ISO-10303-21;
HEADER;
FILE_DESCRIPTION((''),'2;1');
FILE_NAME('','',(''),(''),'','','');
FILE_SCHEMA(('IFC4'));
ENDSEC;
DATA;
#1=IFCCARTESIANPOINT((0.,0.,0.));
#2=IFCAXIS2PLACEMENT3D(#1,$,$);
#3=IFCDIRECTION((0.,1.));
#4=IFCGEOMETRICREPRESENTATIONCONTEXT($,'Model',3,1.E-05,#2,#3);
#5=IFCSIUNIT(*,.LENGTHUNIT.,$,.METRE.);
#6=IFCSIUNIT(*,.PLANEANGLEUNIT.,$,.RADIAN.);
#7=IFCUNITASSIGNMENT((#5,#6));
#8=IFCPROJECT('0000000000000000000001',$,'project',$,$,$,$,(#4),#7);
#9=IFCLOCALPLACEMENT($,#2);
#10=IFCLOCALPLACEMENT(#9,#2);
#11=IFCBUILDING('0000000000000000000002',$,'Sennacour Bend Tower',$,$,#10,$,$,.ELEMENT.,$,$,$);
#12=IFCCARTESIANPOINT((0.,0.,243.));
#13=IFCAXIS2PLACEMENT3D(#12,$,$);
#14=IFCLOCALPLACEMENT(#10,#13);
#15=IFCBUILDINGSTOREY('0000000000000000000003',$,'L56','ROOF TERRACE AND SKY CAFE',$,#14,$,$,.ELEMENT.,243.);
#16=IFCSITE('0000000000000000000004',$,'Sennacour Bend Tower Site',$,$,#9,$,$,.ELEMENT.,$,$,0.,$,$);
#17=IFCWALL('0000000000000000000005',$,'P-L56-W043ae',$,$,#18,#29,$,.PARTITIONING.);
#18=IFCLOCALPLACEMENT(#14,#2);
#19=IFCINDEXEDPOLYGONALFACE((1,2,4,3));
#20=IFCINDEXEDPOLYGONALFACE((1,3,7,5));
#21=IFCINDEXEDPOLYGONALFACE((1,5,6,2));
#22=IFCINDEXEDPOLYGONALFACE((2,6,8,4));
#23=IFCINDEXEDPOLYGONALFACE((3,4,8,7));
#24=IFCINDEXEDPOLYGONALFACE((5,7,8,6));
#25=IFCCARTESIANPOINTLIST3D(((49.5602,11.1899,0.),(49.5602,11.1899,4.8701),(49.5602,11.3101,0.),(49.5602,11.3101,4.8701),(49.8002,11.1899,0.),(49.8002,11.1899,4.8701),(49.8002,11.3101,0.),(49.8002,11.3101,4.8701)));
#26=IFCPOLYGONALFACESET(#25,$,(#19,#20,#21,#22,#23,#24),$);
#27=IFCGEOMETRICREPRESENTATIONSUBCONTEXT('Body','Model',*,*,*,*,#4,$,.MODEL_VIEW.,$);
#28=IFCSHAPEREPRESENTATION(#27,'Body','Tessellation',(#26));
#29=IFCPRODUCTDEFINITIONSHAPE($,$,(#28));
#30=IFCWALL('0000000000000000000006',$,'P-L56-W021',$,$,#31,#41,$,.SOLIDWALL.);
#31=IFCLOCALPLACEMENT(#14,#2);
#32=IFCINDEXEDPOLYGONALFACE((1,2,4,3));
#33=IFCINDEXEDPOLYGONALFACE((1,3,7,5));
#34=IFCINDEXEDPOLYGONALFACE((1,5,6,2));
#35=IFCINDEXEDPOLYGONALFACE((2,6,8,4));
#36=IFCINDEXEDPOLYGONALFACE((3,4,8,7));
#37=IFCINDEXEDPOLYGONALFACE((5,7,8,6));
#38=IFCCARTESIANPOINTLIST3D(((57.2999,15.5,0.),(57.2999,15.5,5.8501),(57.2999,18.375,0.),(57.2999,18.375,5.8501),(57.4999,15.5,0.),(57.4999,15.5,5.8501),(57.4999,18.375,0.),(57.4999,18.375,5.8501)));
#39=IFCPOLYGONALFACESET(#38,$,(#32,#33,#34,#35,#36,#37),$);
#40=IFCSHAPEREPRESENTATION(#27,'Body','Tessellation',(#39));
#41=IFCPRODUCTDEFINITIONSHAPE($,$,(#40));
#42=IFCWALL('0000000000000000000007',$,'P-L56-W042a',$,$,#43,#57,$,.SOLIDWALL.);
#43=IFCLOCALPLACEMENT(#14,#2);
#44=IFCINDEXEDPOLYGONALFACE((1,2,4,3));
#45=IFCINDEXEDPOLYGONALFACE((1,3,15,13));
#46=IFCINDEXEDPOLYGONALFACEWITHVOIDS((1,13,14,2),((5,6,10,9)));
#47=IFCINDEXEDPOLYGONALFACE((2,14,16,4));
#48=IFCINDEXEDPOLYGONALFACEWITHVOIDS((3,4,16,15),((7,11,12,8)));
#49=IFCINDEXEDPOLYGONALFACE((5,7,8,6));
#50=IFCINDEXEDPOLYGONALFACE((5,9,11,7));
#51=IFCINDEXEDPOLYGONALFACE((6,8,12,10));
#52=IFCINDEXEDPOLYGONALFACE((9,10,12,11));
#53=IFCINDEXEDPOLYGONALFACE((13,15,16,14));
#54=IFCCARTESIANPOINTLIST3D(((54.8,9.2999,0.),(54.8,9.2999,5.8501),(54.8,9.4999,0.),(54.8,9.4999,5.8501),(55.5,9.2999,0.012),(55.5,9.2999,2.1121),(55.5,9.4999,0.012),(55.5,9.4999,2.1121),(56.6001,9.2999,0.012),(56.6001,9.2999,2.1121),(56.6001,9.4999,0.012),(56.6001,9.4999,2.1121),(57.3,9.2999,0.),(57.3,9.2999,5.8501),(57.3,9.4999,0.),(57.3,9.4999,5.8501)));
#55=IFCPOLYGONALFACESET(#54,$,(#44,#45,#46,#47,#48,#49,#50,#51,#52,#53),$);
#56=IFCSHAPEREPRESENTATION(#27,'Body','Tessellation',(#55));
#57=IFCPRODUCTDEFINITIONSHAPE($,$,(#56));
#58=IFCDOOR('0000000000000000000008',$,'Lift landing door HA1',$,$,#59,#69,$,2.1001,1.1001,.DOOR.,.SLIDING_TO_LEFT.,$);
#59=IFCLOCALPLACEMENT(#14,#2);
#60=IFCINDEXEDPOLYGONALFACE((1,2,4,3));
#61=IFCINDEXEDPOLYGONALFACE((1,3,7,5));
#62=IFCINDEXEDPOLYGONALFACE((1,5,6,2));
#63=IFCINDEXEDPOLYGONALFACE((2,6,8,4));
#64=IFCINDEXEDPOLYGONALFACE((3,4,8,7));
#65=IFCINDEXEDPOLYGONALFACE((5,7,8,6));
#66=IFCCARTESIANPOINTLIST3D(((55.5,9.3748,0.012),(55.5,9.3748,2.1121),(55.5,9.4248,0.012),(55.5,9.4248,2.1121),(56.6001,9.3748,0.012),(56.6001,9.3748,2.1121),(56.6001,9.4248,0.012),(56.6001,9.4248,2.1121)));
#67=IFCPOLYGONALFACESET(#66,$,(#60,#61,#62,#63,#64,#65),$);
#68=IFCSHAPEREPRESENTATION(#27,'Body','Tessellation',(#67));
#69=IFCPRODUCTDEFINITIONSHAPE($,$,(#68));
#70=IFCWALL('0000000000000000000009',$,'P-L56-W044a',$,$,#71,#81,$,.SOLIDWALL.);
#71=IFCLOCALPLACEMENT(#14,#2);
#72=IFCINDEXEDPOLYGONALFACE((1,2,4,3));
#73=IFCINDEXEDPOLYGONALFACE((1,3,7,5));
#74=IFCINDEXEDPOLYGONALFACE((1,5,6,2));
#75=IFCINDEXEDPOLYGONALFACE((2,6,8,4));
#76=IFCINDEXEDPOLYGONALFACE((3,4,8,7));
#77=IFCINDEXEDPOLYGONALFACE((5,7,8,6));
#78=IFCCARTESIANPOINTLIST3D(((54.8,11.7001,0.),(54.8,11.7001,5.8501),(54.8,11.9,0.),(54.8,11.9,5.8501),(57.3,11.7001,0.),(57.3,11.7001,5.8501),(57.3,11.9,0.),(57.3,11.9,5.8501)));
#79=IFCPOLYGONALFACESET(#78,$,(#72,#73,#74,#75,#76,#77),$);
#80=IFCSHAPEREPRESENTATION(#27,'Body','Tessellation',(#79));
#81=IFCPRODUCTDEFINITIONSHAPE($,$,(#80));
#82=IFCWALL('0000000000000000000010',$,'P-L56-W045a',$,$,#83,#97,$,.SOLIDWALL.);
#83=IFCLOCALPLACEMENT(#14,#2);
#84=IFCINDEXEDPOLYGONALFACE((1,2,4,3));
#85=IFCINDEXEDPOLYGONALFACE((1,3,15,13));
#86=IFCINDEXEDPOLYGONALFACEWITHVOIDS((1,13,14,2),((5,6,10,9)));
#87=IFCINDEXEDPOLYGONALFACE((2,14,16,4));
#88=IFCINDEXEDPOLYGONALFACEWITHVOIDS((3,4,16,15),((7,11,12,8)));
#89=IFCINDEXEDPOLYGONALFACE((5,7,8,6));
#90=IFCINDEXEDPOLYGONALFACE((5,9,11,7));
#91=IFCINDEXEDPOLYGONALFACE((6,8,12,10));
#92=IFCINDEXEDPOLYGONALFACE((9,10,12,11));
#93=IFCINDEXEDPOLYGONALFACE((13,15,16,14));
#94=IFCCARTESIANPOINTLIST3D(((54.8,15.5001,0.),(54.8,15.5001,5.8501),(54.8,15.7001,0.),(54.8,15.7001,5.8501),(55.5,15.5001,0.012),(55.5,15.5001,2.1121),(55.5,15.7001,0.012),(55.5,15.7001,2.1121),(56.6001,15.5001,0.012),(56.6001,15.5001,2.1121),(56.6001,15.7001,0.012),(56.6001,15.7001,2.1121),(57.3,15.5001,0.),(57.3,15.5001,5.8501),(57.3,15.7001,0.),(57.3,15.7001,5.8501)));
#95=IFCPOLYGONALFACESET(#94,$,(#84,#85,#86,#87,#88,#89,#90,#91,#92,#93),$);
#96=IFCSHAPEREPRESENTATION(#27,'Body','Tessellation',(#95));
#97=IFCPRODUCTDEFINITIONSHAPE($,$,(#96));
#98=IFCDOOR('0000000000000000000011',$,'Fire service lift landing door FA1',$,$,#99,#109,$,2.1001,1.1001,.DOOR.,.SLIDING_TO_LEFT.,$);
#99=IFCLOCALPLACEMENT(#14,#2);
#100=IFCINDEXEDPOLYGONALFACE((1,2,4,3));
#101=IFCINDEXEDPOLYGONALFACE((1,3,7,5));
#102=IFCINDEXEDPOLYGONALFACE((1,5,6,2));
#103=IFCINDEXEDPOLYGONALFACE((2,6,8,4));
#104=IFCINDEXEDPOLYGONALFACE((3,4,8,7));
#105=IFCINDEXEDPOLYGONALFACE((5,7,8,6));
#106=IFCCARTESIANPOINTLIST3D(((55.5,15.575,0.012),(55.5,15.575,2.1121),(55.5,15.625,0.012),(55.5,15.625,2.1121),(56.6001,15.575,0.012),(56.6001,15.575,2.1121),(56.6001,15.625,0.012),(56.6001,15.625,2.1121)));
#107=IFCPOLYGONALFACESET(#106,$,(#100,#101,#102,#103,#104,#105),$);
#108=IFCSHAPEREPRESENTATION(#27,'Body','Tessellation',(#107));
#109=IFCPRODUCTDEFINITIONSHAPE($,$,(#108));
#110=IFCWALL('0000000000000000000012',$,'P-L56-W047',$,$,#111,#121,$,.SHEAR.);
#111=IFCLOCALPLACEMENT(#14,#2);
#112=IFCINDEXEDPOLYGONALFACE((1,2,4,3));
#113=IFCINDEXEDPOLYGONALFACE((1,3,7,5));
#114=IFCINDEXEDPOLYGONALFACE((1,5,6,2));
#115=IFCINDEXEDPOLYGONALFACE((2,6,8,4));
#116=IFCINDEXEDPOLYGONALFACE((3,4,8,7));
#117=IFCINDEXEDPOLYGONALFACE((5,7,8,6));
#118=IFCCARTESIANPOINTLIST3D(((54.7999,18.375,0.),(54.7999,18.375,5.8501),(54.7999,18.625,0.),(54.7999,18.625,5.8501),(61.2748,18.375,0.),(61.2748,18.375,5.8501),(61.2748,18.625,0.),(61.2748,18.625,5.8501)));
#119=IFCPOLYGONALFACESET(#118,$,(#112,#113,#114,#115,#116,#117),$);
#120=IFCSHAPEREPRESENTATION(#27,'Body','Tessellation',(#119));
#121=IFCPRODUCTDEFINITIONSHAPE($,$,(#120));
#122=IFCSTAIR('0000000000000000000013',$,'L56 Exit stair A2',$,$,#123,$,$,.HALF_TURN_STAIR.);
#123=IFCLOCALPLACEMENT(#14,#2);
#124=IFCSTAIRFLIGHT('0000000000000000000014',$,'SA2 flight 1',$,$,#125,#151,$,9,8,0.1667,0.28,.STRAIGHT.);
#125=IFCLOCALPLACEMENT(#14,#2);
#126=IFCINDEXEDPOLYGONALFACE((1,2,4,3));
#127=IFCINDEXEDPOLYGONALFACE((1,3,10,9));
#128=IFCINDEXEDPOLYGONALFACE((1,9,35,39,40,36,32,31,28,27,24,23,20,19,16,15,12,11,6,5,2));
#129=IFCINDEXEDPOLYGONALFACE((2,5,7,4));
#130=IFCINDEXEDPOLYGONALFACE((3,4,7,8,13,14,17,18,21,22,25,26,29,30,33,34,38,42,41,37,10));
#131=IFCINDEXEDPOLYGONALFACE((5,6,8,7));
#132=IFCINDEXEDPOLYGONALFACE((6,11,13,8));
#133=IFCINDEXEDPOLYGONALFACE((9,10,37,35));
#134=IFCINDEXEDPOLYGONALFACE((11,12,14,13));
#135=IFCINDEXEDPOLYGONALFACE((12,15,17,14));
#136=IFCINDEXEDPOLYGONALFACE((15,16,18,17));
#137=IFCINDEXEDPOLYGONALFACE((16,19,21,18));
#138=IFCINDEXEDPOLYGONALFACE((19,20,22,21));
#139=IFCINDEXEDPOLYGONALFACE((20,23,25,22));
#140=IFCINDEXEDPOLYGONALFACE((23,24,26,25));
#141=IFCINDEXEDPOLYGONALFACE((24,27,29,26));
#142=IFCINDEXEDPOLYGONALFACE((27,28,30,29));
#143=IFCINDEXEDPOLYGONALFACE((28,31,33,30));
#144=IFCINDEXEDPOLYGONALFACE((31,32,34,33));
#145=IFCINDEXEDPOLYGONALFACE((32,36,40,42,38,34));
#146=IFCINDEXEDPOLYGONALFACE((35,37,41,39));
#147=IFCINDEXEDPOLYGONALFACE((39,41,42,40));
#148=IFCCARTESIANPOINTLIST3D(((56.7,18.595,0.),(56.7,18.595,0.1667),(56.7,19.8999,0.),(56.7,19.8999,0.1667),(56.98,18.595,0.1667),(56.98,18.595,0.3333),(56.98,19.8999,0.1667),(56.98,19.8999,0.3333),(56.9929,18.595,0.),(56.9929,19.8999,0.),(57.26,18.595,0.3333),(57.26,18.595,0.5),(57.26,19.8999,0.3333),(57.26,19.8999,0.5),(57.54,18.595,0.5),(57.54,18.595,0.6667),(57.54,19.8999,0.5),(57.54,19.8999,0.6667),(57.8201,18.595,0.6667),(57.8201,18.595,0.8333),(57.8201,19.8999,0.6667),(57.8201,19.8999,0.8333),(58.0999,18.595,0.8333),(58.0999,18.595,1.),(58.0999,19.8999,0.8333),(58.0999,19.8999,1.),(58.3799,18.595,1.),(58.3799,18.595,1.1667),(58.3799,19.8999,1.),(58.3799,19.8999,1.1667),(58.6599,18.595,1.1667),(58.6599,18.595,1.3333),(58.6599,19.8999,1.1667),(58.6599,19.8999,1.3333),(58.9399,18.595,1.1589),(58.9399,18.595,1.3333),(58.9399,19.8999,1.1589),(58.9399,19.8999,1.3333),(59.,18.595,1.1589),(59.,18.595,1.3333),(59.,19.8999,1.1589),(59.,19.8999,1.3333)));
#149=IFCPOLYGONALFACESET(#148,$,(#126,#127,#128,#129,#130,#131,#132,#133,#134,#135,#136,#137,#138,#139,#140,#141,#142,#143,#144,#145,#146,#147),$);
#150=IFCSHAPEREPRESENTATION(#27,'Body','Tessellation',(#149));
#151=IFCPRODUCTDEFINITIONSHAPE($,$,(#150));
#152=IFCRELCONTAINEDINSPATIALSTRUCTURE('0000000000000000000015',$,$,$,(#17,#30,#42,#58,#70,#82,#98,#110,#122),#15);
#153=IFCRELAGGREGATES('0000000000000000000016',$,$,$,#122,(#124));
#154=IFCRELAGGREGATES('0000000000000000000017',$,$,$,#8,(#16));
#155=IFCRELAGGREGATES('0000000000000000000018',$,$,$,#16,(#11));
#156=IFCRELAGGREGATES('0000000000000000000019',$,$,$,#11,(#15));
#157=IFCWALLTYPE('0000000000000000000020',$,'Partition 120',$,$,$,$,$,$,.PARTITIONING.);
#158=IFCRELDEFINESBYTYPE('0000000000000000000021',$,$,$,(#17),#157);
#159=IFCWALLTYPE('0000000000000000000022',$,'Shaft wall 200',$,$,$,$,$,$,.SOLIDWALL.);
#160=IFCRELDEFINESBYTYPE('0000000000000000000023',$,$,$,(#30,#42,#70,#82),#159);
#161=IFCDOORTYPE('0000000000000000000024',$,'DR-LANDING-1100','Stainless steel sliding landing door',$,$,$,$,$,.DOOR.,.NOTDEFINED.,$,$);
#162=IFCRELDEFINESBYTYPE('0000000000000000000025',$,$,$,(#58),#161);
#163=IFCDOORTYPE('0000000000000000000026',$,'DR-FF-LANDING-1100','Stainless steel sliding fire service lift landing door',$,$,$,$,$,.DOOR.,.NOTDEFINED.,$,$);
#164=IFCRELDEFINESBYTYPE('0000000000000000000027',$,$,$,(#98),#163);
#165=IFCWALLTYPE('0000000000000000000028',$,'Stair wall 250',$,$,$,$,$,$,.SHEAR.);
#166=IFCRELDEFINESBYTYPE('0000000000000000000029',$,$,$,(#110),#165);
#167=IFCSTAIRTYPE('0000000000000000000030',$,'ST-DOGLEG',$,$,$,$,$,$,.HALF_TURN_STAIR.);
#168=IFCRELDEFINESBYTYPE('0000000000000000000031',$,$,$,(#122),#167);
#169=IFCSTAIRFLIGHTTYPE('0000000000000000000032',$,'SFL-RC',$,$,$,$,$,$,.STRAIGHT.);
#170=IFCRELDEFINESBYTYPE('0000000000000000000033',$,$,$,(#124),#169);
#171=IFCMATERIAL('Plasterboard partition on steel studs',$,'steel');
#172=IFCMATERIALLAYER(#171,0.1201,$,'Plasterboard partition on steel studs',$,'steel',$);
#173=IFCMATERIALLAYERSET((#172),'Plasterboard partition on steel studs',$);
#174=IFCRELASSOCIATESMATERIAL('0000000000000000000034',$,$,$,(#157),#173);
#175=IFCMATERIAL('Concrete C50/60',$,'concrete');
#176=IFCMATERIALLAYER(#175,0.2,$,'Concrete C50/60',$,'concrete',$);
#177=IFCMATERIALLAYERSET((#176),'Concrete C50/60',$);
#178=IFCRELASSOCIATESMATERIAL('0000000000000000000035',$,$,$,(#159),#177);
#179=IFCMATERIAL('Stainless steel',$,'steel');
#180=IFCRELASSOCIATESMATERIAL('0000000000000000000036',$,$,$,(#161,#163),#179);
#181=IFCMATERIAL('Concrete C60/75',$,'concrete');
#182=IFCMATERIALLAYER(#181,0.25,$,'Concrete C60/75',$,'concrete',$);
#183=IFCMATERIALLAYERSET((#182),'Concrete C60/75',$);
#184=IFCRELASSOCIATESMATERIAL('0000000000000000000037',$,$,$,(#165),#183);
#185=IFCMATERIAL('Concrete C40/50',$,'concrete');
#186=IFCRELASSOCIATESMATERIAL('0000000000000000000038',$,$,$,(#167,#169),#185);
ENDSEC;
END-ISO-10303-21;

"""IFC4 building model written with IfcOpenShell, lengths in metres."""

from ifc_helpers import new_model, si_unit, direction, frame, frame_2d, origin, place, context, subcontext, project, spatial, polyline, rectangle, outline, extrude, material, layer, layer_set, type_object, element, fill, aggregate, save


model = new_model("IFC4")

# Units and contexts
model_context = context("Model", 3, precision=1e-05, world=origin(), true_north=direction((0.0, 1.0)))
body_context = subcontext(model_context, "Body", "Model", "MODEL_VIEW")
ifc_project = project(units=[si_unit("LENGTHUNIT", "METRE"), si_unit("PLANEANGLEUNIT", "RADIAN")], contexts=[model_context])

# Site, building, storey
site_placement = place(None, origin())
site = spatial("IfcSite", under=ifc_project, at=site_placement, Name="Sennacour Bend Tower Site", CompositionType="ELEMENT", RefElevation=0.0)
building_placement = place(site_placement, origin())
building = spatial("IfcBuilding", under=site, at=building_placement, Name="Sennacour Bend Tower", CompositionType="ELEMENT")
storey_placement = place(building_placement, frame((0.0, 0.0, 243.0)))
storey = spatial("IfcBuildingStorey", under=building, at=storey_placement, Name="L56", Description="ROOF TERRACE AND SKY CAFE", CompositionType="ELEMENT", Elevation=243.0)

# Walls
ifc_material_1 = material(Name="Plasterboard partition on steel studs", Category="steel")
ifc_layer_1 = layer(ifc_material_1, 0.1201, Name="Plasterboard partition on steel studs", Category="steel")
ifc_layer_set_1 = layer_set([ifc_layer_1], Name="Plasterboard partition on steel studs")
wall_type_1 = type_object("IfcWallType", Name="Partition 120", PredefinedType="PARTITIONING", material=ifc_layer_set_1)
wall_1_placement = place(storey_placement, frame((49.5601, 11.25, 0.0), z_axis=(0.0, 0.0, 1.0), x_axis=(1.0, 0.0, 0.0)))
element("IfcWall", 1, at=wall_1_placement, inside=storey, type_object=wall_type_1, Name="P-L56-W043ae", PredefinedType="PARTITIONING", context=body_context, shape_type="SweptSolid", body=[
    extrude(rectangle(XDim=0.24, YDim=0.1201, at=frame_2d((0.1201, 0.0))), origin(), (0.0, 0.0, 1.0), 4.8701),
])
ifc_material_2 = material(Name="Concrete C50/60", Category="concrete")
ifc_layer_2 = layer(ifc_material_2, 0.2, Name="Concrete C50/60", Category="concrete")
ifc_layer_set_2 = layer_set([ifc_layer_2], Name="Concrete C50/60")
wall_type_2 = type_object("IfcWallType", Name="Shaft wall 200", PredefinedType="SOLIDWALL", material=ifc_layer_set_2)
wall_2_placement = place(storey_placement, frame((57.3999, 15.5, 0.0), z_axis=(0.0, 0.0, 1.0), x_axis=(0.0, 1.0, 0.0)))
element("IfcWall", 2, at=wall_2_placement, inside=storey, type_object=wall_type_2, Name="P-L56-W021", PredefinedType="SOLIDWALL", context=body_context, shape_type="SweptSolid", body=[
    extrude(rectangle(XDim=2.875, YDim=0.2, at=frame_2d((1.4375, 0.0))), origin(), (0.0, 0.0, 1.0), 5.8501),
])

# Wall, opening, door
wall_3_placement = place(storey_placement, frame((54.8, 9.3999, 0.0), z_axis=(0.0, 0.0, 1.0), x_axis=(1.0, 0.0, 0.0)))
wall_3 = element("IfcWall", 3, at=wall_3_placement, inside=storey, type_object=wall_type_2, Name="P-L56-W042a", PredefinedType="SOLIDWALL", context=body_context, shape_type="SweptSolid", body=[
    extrude(rectangle(XDim=2.5, YDim=0.2, at=frame_2d((1.25, 0.0))), origin(), (0.0, 0.0, 1.0), 5.8501),
])
opening_1_placement = place(wall_3_placement, frame((0.7, 0.0, 0.012)))
opening_1 = element("IfcOpeningElement", 4, at=opening_1_placement, cuts=wall_3, PredefinedType="OPENING", context=body_context, shape_type="SweptSolid", body=[
    extrude(rectangle(XDim=1.1001, YDim=2.1001, at=frame_2d((0.55, 1.05))), frame((0.0, 0.1099, 0.0), z_axis=(0.0, -1.0, 0.0), x_axis=(1.0, 0.0, 0.0)), (0.0, 0.0, 1.0), 0.22),
])
ifc_material_3 = material(Name="Stainless steel", Category="steel")
door_type_1 = type_object("IfcDoorType", Name="DR-LANDING-1100", Description="Stainless steel sliding landing door", OperationType="NOTDEFINED", PredefinedType="DOOR", material=ifc_material_3)
door_1_placement = place(opening_1_placement, origin())
door_1 = element("IfcDoor", 5, at=door_1_placement, inside=storey, type_object=door_type_1, Name="Lift landing door HA1", OperationType="SLIDING_TO_LEFT", OverallHeight=2.1001, OverallWidth=1.1001, PredefinedType="DOOR", context=body_context, shape_type="SweptSolid", body=[
    extrude(rectangle(XDim=1.1001, YDim=2.1001, at=frame_2d((0.55, 1.05))), frame((0.0, 0.0249, 0.0), z_axis=(0.0, -1.0, 0.0), x_axis=(1.0, 0.0, 0.0)), (0.0, 0.0, 1.0), 0.05),
])
fill(opening_1, door_1)

# Wall
wall_4_placement = place(storey_placement, frame((54.8, 11.8, 0.0), z_axis=(0.0, 0.0, 1.0), x_axis=(1.0, 0.0, 0.0)))
element("IfcWall", 6, at=wall_4_placement, inside=storey, type_object=wall_type_2, Name="P-L56-W044a", PredefinedType="SOLIDWALL", context=body_context, shape_type="SweptSolid", body=[
    extrude(rectangle(XDim=2.5, YDim=0.2, at=frame_2d((1.25, 0.0))), origin(), (0.0, 0.0, 1.0), 5.8501),
])

# Wall, opening, door
wall_5_placement = place(storey_placement, frame((54.8, 15.6001, 0.0), z_axis=(0.0, 0.0, 1.0), x_axis=(1.0, 0.0, 0.0)))
wall_5 = element("IfcWall", 7, at=wall_5_placement, inside=storey, type_object=wall_type_2, Name="P-L56-W045a", PredefinedType="SOLIDWALL", context=body_context, shape_type="SweptSolid", body=[
    extrude(rectangle(XDim=2.5, YDim=0.2, at=frame_2d((1.25, 0.0))), origin(), (0.0, 0.0, 1.0), 5.8501),
])
opening_2_placement = place(wall_5_placement, frame((0.7, 0.0, 0.012)))
opening_2 = element("IfcOpeningElement", 8, at=opening_2_placement, cuts=wall_5, PredefinedType="OPENING", context=body_context, shape_type="SweptSolid", body=[
    extrude(rectangle(XDim=1.1001, YDim=2.1001, at=frame_2d((0.55, 1.05))), frame((0.0, 0.1099, 0.0), z_axis=(0.0, -1.0, 0.0), x_axis=(1.0, 0.0, 0.0)), (0.0, 0.0, 1.0), 0.22),
])
door_type_2 = type_object("IfcDoorType", Name="DR-FF-LANDING-1100", Description="Stainless steel sliding fire service lift landing door", OperationType="NOTDEFINED", PredefinedType="DOOR", material=ifc_material_3)
door_2_placement = place(opening_2_placement, origin())
door_2 = element("IfcDoor", 9, at=door_2_placement, inside=storey, type_object=door_type_2, Name="Fire service lift landing door FA1", OperationType="SLIDING_TO_LEFT", OverallHeight=2.1001, OverallWidth=1.1001, PredefinedType="DOOR", context=body_context, shape_type="SweptSolid", body=[
    extrude(rectangle(XDim=1.1001, YDim=2.1001, at=frame_2d((0.55, 1.05))), frame((0.0, 0.0249, 0.0), z_axis=(0.0, -1.0, 0.0), x_axis=(1.0, 0.0, 0.0)), (0.0, 0.0, 1.0), 0.05),
])
fill(opening_2, door_2)

# Wall
ifc_material_4 = material(Name="Concrete C60/75", Category="concrete")
ifc_layer_3 = layer(ifc_material_4, 0.25, Name="Concrete C60/75", Category="concrete")
ifc_layer_set_3 = layer_set([ifc_layer_3], Name="Concrete C60/75")
wall_type_3 = type_object("IfcWallType", Name="Stair wall 250", PredefinedType="SHEAR", material=ifc_layer_set_3)
wall_6_placement = place(storey_placement, frame((54.8, 18.5, 0.0), z_axis=(0.0, 0.0, 1.0), x_axis=(1.0, 0.0, 0.0)))
element("IfcWall", 10, at=wall_6_placement, inside=storey, type_object=wall_type_3, Name="P-L56-W047", PredefinedType="SHEAR", context=body_context, shape_type="SweptSolid", body=[
    extrude(rectangle(XDim=6.4749, YDim=0.25, at=frame_2d((3.2373, 0.0))), origin(), (0.0, 0.0, 1.0), 5.8501),
])

# Stair, stair flight
ifc_material_5 = material(Name="Concrete C40/50", Category="concrete")
stair_type = type_object("IfcStairType", Name="ST-DOGLEG", PredefinedType="HALF_TURN_STAIR", material=ifc_material_5)
stair_placement = place(storey_placement, origin())
stair = element("IfcStair", 11, at=stair_placement, inside=storey, type_object=stair_type, Name="L56 Exit stair A2", PredefinedType="HALF_TURN_STAIR")
stair_flight_type = type_object("IfcStairFlightType", Name="SFL-RC", PredefinedType="STRAIGHT", material=ifc_material_5)
stair_flight_1_placement = place(storey_placement, frame((56.7, 19.2476, 0.0), z_axis=(0.0, 0.0, 1.0), x_axis=(1.0, 0.0, 0.0)))
stair_flight_1 = element("IfcStairFlight", 12, at=stair_flight_1_placement, type_object=stair_flight_type, Name="SA2 flight 1", NumberOfRisers=9, NumberOfTreads=8, PredefinedType="STRAIGHT", RiserHeight=0.1667, TreadLength=0.28, context=body_context, shape_type="SweptSolid", body=[
    extrude(outline(polyline([(0.0, 0.0), (0.0, 0.1667), (0.28, 0.1667), (0.28, 0.3333), (0.5601, 0.3333), (0.5601, 0.5), (0.8401, 0.5), (0.8401, 0.6667), (1.1201, 0.6667), (1.1201, 0.8333), (1.3999, 0.8333), (1.3999, 1.0), (1.6799, 1.0), (1.6799, 1.1667), (1.96, 1.1667), (1.96, 1.3333), (2.24, 1.3333), (2.3, 1.3333), (2.3, 1.1589), (2.24, 1.1589), (0.293, 0.0), (0.0, 0.0)])), frame((0.0, 0.6523, 0.0), z_axis=(0.0, -1.0, 0.0), x_axis=(1.0, 0.0, 0.0)), (0.0, 0.0, 1.0), 1.3049),
])
aggregate(stair, [stair_flight_1])

save(model, "model.ifc")
